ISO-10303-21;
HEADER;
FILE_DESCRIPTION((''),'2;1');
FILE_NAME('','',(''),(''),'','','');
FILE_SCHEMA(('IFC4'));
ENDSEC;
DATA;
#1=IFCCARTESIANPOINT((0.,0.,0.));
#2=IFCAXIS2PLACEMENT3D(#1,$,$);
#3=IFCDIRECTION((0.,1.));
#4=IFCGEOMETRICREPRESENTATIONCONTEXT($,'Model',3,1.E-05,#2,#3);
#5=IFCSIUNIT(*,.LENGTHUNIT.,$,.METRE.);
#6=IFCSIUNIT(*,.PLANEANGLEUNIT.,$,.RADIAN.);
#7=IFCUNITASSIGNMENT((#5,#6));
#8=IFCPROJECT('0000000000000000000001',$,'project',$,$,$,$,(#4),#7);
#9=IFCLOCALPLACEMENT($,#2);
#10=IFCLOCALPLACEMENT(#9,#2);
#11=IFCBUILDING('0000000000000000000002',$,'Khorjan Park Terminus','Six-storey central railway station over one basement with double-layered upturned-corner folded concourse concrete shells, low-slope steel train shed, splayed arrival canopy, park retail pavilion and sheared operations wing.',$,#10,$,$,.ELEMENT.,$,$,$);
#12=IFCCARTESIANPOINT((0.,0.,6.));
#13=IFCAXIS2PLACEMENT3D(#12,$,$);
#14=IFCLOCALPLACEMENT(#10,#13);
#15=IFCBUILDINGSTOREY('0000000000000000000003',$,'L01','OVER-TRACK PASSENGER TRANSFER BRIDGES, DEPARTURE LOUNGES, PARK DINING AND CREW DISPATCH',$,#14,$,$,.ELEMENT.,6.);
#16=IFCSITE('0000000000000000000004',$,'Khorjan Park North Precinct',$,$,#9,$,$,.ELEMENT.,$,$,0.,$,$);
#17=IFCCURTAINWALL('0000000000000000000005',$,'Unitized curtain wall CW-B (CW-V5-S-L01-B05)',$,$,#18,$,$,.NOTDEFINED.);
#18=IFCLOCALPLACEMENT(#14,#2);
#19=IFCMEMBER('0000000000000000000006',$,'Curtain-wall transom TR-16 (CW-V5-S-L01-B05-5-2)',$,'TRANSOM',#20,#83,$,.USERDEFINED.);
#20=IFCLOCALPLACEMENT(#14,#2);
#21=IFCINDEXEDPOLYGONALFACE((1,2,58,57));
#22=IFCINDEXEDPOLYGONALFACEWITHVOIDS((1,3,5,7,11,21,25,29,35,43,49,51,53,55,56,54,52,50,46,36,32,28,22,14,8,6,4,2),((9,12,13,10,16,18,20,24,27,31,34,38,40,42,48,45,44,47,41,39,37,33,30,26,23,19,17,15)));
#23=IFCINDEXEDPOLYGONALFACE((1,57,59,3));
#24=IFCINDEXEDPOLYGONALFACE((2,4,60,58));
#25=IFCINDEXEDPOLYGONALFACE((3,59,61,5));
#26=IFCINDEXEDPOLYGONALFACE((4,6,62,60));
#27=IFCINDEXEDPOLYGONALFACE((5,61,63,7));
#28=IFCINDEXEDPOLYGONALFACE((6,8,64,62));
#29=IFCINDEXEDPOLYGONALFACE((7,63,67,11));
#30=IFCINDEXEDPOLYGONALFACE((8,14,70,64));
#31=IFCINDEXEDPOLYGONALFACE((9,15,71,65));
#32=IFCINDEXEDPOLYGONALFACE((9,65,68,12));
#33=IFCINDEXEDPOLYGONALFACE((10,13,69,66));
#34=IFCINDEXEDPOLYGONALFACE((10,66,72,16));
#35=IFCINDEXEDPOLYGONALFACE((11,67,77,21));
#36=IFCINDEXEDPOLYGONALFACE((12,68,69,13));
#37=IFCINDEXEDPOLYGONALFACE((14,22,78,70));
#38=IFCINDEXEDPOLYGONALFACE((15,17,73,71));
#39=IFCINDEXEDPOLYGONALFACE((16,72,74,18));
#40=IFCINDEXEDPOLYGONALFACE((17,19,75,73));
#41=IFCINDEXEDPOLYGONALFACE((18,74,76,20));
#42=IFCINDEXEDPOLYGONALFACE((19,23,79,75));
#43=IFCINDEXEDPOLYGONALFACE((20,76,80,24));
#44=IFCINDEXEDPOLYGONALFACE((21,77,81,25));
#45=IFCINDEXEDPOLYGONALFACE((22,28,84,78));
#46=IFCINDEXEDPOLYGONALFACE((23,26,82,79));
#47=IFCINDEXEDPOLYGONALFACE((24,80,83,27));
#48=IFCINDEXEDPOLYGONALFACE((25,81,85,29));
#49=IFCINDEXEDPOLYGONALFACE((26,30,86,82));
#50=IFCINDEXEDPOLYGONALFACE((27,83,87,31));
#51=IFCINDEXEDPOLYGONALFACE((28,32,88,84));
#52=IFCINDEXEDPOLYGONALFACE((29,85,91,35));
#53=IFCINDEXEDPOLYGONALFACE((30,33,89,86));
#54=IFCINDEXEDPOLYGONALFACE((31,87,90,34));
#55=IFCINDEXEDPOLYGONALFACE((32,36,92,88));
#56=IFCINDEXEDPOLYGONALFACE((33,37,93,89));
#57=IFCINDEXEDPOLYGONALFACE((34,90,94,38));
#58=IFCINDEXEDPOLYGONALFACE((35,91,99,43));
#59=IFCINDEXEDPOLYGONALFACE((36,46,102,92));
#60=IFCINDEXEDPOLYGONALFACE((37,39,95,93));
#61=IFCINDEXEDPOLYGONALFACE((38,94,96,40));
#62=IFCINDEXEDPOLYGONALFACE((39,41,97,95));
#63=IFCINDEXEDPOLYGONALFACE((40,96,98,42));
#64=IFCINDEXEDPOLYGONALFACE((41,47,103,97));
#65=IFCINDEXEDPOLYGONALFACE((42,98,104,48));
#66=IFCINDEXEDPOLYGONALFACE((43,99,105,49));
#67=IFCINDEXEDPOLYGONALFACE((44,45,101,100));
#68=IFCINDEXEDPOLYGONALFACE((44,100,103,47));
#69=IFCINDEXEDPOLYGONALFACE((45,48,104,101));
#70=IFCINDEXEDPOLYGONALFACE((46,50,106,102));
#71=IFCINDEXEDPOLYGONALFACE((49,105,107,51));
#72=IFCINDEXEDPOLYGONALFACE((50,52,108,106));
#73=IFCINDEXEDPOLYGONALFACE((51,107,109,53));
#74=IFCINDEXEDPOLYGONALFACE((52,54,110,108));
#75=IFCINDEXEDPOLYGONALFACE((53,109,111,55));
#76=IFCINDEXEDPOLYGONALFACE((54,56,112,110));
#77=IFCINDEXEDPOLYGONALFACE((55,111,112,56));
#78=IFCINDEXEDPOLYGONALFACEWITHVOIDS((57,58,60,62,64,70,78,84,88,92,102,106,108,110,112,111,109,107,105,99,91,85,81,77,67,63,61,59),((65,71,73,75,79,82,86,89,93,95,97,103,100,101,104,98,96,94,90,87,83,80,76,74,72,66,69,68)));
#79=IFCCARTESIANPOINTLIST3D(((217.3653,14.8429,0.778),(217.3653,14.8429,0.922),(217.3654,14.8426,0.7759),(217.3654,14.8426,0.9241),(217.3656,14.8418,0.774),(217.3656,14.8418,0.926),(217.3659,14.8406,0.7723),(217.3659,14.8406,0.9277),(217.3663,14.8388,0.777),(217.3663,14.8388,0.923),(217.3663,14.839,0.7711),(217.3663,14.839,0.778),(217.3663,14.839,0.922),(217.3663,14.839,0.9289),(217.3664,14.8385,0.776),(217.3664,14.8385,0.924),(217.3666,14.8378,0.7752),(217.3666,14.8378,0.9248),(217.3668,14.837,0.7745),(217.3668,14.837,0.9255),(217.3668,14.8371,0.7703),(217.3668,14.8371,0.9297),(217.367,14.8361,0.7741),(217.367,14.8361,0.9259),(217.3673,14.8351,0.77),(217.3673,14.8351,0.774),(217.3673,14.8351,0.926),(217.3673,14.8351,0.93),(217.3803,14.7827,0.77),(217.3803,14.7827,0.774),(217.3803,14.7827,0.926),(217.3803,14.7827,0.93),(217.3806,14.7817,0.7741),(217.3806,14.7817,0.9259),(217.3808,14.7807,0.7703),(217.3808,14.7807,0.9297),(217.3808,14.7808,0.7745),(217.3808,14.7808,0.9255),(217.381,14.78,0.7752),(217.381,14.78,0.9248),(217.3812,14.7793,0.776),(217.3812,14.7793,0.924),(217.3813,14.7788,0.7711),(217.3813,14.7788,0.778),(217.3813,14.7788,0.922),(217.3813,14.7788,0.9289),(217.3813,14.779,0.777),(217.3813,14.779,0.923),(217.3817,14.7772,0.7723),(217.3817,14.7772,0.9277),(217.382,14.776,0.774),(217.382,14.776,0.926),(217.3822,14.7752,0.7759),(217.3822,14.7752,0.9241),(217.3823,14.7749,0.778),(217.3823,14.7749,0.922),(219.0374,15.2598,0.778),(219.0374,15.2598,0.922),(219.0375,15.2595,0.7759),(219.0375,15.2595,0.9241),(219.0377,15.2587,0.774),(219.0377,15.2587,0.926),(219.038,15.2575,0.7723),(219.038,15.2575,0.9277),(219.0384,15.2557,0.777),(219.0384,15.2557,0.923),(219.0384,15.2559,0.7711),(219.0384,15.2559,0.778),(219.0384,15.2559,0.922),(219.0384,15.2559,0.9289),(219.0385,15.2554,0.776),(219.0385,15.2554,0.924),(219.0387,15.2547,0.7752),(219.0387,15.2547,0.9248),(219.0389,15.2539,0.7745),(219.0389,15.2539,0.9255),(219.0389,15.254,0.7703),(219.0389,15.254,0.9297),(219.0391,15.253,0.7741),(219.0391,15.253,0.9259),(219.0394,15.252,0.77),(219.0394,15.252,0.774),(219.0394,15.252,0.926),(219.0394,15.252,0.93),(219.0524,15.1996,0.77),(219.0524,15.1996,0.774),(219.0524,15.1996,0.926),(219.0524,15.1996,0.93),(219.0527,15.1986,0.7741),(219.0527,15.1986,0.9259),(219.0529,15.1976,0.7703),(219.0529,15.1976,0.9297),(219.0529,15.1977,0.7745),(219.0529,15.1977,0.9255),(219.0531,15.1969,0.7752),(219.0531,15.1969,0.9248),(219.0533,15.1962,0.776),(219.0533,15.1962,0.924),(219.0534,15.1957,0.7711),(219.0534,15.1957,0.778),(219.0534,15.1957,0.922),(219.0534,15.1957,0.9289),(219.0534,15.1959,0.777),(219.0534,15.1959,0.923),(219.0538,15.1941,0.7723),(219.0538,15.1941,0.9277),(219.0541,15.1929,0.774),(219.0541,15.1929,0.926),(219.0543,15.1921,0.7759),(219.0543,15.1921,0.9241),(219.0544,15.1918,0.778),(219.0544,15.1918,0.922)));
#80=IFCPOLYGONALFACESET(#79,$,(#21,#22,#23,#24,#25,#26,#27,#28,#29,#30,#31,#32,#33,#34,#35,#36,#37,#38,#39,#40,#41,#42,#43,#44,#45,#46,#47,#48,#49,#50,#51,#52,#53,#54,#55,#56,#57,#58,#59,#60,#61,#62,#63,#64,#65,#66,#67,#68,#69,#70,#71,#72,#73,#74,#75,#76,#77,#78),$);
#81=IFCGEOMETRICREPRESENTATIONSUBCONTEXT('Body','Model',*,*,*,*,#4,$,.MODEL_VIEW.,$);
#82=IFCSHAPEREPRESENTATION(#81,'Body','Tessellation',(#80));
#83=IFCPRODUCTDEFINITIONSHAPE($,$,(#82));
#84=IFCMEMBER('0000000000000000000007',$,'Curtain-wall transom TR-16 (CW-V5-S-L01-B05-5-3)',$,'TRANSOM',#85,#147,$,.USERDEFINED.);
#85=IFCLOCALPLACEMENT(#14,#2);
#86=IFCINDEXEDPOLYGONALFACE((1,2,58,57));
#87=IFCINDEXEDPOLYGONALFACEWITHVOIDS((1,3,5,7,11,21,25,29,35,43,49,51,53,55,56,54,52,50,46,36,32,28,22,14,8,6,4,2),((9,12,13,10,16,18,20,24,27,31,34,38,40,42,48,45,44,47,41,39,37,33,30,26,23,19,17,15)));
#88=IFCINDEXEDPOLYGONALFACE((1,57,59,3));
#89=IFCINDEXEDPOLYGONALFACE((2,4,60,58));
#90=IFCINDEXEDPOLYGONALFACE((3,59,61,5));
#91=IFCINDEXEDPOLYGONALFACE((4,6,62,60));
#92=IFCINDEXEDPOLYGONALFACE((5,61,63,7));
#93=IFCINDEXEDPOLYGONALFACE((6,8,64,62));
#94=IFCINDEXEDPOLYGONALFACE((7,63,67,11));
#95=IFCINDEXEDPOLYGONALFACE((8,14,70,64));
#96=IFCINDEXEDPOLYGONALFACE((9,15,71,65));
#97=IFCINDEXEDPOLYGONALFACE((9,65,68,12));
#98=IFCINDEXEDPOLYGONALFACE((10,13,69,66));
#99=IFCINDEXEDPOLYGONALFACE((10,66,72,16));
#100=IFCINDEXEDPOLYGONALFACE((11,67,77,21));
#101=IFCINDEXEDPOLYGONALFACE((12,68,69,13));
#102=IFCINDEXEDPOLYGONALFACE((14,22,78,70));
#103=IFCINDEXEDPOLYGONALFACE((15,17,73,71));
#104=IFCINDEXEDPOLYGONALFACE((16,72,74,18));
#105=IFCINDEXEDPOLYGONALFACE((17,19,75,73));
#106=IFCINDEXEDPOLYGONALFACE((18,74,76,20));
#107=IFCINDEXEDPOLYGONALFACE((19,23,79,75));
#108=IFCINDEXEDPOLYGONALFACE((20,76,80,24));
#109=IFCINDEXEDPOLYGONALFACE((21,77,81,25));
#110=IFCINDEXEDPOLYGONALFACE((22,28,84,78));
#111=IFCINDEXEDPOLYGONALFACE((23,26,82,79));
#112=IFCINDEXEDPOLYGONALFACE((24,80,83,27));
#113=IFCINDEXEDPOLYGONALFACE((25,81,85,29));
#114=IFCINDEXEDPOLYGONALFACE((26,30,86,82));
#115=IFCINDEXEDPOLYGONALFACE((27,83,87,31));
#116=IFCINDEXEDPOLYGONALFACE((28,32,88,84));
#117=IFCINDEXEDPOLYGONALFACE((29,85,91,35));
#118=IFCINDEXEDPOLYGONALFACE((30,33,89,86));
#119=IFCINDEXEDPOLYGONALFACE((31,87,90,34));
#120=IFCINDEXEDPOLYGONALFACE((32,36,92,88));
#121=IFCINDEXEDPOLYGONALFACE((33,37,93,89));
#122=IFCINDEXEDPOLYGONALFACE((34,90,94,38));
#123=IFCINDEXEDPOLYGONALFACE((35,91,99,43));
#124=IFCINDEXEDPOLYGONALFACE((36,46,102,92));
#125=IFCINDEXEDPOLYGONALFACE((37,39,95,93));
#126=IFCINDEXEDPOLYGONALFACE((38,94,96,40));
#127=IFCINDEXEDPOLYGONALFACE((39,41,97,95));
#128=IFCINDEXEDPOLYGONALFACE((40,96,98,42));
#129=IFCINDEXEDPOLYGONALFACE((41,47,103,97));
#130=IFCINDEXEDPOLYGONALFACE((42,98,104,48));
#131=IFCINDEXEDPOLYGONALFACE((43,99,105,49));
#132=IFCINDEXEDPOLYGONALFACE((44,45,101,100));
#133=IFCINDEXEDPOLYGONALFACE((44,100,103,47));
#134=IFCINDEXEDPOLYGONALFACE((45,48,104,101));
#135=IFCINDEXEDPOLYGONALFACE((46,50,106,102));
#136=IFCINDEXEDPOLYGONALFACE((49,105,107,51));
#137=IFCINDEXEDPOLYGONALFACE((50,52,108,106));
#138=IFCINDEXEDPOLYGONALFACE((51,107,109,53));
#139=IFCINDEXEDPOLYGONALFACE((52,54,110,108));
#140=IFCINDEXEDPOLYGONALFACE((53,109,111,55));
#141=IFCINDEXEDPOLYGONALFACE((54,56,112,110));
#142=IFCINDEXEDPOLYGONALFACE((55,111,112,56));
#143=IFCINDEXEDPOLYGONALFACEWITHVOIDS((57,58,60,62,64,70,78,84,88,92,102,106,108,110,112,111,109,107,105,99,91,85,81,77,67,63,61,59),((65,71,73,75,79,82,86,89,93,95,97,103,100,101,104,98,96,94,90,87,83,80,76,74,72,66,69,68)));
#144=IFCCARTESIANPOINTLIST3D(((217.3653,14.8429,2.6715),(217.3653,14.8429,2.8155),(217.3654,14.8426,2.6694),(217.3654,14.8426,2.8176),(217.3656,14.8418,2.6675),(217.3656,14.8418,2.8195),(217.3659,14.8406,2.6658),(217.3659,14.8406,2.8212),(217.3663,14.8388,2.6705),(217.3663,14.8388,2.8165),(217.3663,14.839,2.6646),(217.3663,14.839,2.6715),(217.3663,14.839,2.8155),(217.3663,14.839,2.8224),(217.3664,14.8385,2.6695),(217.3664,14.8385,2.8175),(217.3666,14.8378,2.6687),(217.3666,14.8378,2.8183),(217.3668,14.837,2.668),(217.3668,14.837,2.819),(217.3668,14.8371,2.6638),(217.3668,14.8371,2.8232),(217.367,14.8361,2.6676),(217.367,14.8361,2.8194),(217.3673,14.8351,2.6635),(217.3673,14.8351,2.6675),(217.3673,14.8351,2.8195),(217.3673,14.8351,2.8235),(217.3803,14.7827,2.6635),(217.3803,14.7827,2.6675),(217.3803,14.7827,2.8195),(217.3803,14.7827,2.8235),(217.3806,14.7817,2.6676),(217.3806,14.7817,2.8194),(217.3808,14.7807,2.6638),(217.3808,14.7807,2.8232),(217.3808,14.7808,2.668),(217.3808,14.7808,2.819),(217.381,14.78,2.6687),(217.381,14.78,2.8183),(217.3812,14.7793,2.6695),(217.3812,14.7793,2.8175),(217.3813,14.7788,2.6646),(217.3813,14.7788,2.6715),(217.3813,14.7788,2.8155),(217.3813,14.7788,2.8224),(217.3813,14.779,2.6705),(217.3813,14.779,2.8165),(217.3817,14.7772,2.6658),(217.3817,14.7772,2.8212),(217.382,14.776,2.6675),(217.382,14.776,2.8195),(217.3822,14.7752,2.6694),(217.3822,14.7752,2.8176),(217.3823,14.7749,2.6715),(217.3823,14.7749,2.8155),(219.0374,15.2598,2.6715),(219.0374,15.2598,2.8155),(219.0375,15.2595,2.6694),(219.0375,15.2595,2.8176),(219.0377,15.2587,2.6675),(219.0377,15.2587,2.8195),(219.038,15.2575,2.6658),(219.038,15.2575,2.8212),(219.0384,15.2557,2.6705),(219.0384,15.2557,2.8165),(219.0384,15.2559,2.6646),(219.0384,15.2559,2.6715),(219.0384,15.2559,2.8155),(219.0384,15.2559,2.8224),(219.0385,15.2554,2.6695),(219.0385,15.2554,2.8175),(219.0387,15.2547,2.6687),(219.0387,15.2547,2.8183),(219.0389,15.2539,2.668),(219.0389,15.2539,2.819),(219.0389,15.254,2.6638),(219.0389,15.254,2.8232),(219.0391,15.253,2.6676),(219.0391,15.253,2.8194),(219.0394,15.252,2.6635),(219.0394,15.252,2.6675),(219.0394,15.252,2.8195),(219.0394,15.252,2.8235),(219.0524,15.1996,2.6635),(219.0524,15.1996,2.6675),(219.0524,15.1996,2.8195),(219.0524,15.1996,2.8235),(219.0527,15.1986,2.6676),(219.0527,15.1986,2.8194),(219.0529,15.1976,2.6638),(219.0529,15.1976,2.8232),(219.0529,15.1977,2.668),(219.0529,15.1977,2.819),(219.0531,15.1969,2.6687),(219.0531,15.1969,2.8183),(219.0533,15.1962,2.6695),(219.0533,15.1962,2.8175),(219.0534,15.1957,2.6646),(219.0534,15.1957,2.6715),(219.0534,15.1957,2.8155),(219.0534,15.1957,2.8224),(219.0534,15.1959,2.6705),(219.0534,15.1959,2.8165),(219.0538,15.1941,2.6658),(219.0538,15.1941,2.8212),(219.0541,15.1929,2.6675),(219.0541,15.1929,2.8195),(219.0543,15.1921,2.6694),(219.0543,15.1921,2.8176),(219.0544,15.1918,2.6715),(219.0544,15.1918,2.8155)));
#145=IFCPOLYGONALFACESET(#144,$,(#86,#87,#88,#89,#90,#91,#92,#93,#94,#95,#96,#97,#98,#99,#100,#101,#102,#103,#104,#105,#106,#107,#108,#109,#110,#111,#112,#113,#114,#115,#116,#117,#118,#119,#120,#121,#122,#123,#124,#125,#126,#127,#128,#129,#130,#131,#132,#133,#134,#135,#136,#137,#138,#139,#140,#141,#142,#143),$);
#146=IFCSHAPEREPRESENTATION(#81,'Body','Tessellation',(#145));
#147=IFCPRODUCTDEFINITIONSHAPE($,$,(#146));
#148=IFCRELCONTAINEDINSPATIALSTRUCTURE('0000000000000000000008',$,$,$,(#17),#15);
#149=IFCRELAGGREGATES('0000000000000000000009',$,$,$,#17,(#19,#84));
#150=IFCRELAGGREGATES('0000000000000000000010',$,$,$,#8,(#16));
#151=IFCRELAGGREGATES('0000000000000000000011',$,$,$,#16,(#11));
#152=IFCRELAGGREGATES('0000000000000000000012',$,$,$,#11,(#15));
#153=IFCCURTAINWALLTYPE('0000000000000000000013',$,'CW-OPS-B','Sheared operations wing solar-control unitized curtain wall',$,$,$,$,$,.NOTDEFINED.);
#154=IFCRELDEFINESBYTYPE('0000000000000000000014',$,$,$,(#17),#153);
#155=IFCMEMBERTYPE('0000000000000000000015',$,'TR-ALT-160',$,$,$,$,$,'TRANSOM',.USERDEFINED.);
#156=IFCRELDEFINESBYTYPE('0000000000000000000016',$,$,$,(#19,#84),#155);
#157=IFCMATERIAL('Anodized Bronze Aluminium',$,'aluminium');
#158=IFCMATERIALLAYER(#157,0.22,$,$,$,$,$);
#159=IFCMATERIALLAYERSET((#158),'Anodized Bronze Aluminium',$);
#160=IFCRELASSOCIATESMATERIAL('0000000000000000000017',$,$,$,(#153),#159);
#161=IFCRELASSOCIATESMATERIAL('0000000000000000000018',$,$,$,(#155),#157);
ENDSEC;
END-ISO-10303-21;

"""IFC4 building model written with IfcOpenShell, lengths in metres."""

from ifc_helpers import new_model, si_unit, direction, frame, origin, origin_2d, place, context, subcontext, project, spatial, hollow_rectangle, extrude, material, layer, layer_set, material_profile, profile_set, type_object, element, aggregate, save


model = new_model("IFC4")

# Units and contexts
model_context = context("Model", 3, precision=1e-05, world=origin(), true_north=direction((0.0, 1.0)))
body_context = subcontext(model_context, "Body", "Model", "MODEL_VIEW")
ifc_project = project(units=[si_unit("LENGTHUNIT", "METRE"), si_unit("PLANEANGLEUNIT", "RADIAN")], contexts=[model_context])

# Site, building, storey
site_placement = place(None, origin())
site = spatial("IfcSite", under=ifc_project, at=site_placement, Name="Khorjan Park North Precinct", CompositionType="ELEMENT", RefElevation=0.0)
building_placement = place(site_placement, origin())
building = spatial("IfcBuilding", under=site, at=building_placement, Name="Khorjan Park Terminus", Description="Six-storey central railway station over one basement with double-layered upturned-corner folded concourse concrete shells, low-slope steel train shed, splayed arrival canopy, park retail pavilion and sheared operations wing.", CompositionType="ELEMENT")
storey_placement = place(building_placement, frame((0.0, 0.0, 6.0)))
storey = spatial("IfcBuildingStorey", under=building, at=storey_placement, Name="L01", Description="OVER-TRACK PASSENGER TRANSFER BRIDGES, DEPARTURE LOUNGES, PARK DINING AND CREW DISPATCH", CompositionType="ELEMENT", Elevation=6.0)

# Curtain wall, members
ifc_material_1 = material(Name="Anodized Bronze Aluminium", Category="aluminium")
ifc_layer_1 = layer(ifc_material_1, 0.22)
ifc_layer_set_1 = layer_set([ifc_layer_1], Name="Anodized Bronze Aluminium")
curtain_wall_type = type_object("IfcCurtainWallType", Name="CW-OPS-B", Description="Sheared operations wing solar-control unitized curtain wall", PredefinedType="NOTDEFINED", material=ifc_layer_set_1)
curtain_wall_placement = place(storey_placement, origin())
curtain_wall = element("IfcCurtainWall", 1, at=curtain_wall_placement, inside=storey, type_object=curtain_wall_type, Name="Unitized curtain wall CW-B (CW-V5-S-L01-B05)", PredefinedType="NOTDEFINED")
ifc_material_profile_1 = material_profile(ifc_material_1, hollow_rectangle(XDim=0.07, YDim=0.16, WallThickness=0.004, InnerFilletRadius=0.004, OuterFilletRadius=0.008, at=origin_2d()), Name="ALT 70x160x4")
ifc_profile_set_1 = profile_set([ifc_material_profile_1], Name="Anodized Bronze Aluminium")
member_type_1 = type_object("IfcMemberType", Name="TR-ALT-160", ElementType="TRANSOM", PredefinedType="USERDEFINED", material=ifc_profile_set_1)
member_1_placement = place(storey_placement, frame((217.3738, 14.8089, 0.85), z_axis=(0.970296, 0.241921, 0.0), x_axis=(-0.241921, 0.970296, 0.0)))
member_1 = element("IfcMember", 2, at=member_1_placement, type_object=member_type_1, Name="Curtain-wall transom TR-16 (CW-V5-S-L01-B05-5-2)", ObjectType="TRANSOM", PredefinedType="USERDEFINED", context=body_context, shape_type="SweptSolid", body=[
    extrude(hollow_rectangle(XDim=0.07, YDim=0.16, WallThickness=0.004, InnerFilletRadius=0.004, OuterFilletRadius=0.008, at=origin_2d()), origin(), (0.0, 0.0, 1.0), 1.7233),
])
member_2_placement = place(storey_placement, frame((217.3738, 14.8089, 2.7435), z_axis=(0.970296, 0.241921, 0.0), x_axis=(-0.241921, 0.970296, 0.0)))
member_2 = element("IfcMember", 3, at=member_2_placement, type_object=member_type_1, Name="Curtain-wall transom TR-16 (CW-V5-S-L01-B05-5-3)", ObjectType="TRANSOM", PredefinedType="USERDEFINED", context=body_context, shape_type="SweptSolid", body=[
    extrude(hollow_rectangle(XDim=0.07, YDim=0.16, WallThickness=0.004, InnerFilletRadius=0.004, OuterFilletRadius=0.008, at=origin_2d()), origin(), (0.0, 0.0, 1.0), 1.7233),
])
aggregate(curtain_wall, [member_1, member_2])

save(model, "model.ifc")
